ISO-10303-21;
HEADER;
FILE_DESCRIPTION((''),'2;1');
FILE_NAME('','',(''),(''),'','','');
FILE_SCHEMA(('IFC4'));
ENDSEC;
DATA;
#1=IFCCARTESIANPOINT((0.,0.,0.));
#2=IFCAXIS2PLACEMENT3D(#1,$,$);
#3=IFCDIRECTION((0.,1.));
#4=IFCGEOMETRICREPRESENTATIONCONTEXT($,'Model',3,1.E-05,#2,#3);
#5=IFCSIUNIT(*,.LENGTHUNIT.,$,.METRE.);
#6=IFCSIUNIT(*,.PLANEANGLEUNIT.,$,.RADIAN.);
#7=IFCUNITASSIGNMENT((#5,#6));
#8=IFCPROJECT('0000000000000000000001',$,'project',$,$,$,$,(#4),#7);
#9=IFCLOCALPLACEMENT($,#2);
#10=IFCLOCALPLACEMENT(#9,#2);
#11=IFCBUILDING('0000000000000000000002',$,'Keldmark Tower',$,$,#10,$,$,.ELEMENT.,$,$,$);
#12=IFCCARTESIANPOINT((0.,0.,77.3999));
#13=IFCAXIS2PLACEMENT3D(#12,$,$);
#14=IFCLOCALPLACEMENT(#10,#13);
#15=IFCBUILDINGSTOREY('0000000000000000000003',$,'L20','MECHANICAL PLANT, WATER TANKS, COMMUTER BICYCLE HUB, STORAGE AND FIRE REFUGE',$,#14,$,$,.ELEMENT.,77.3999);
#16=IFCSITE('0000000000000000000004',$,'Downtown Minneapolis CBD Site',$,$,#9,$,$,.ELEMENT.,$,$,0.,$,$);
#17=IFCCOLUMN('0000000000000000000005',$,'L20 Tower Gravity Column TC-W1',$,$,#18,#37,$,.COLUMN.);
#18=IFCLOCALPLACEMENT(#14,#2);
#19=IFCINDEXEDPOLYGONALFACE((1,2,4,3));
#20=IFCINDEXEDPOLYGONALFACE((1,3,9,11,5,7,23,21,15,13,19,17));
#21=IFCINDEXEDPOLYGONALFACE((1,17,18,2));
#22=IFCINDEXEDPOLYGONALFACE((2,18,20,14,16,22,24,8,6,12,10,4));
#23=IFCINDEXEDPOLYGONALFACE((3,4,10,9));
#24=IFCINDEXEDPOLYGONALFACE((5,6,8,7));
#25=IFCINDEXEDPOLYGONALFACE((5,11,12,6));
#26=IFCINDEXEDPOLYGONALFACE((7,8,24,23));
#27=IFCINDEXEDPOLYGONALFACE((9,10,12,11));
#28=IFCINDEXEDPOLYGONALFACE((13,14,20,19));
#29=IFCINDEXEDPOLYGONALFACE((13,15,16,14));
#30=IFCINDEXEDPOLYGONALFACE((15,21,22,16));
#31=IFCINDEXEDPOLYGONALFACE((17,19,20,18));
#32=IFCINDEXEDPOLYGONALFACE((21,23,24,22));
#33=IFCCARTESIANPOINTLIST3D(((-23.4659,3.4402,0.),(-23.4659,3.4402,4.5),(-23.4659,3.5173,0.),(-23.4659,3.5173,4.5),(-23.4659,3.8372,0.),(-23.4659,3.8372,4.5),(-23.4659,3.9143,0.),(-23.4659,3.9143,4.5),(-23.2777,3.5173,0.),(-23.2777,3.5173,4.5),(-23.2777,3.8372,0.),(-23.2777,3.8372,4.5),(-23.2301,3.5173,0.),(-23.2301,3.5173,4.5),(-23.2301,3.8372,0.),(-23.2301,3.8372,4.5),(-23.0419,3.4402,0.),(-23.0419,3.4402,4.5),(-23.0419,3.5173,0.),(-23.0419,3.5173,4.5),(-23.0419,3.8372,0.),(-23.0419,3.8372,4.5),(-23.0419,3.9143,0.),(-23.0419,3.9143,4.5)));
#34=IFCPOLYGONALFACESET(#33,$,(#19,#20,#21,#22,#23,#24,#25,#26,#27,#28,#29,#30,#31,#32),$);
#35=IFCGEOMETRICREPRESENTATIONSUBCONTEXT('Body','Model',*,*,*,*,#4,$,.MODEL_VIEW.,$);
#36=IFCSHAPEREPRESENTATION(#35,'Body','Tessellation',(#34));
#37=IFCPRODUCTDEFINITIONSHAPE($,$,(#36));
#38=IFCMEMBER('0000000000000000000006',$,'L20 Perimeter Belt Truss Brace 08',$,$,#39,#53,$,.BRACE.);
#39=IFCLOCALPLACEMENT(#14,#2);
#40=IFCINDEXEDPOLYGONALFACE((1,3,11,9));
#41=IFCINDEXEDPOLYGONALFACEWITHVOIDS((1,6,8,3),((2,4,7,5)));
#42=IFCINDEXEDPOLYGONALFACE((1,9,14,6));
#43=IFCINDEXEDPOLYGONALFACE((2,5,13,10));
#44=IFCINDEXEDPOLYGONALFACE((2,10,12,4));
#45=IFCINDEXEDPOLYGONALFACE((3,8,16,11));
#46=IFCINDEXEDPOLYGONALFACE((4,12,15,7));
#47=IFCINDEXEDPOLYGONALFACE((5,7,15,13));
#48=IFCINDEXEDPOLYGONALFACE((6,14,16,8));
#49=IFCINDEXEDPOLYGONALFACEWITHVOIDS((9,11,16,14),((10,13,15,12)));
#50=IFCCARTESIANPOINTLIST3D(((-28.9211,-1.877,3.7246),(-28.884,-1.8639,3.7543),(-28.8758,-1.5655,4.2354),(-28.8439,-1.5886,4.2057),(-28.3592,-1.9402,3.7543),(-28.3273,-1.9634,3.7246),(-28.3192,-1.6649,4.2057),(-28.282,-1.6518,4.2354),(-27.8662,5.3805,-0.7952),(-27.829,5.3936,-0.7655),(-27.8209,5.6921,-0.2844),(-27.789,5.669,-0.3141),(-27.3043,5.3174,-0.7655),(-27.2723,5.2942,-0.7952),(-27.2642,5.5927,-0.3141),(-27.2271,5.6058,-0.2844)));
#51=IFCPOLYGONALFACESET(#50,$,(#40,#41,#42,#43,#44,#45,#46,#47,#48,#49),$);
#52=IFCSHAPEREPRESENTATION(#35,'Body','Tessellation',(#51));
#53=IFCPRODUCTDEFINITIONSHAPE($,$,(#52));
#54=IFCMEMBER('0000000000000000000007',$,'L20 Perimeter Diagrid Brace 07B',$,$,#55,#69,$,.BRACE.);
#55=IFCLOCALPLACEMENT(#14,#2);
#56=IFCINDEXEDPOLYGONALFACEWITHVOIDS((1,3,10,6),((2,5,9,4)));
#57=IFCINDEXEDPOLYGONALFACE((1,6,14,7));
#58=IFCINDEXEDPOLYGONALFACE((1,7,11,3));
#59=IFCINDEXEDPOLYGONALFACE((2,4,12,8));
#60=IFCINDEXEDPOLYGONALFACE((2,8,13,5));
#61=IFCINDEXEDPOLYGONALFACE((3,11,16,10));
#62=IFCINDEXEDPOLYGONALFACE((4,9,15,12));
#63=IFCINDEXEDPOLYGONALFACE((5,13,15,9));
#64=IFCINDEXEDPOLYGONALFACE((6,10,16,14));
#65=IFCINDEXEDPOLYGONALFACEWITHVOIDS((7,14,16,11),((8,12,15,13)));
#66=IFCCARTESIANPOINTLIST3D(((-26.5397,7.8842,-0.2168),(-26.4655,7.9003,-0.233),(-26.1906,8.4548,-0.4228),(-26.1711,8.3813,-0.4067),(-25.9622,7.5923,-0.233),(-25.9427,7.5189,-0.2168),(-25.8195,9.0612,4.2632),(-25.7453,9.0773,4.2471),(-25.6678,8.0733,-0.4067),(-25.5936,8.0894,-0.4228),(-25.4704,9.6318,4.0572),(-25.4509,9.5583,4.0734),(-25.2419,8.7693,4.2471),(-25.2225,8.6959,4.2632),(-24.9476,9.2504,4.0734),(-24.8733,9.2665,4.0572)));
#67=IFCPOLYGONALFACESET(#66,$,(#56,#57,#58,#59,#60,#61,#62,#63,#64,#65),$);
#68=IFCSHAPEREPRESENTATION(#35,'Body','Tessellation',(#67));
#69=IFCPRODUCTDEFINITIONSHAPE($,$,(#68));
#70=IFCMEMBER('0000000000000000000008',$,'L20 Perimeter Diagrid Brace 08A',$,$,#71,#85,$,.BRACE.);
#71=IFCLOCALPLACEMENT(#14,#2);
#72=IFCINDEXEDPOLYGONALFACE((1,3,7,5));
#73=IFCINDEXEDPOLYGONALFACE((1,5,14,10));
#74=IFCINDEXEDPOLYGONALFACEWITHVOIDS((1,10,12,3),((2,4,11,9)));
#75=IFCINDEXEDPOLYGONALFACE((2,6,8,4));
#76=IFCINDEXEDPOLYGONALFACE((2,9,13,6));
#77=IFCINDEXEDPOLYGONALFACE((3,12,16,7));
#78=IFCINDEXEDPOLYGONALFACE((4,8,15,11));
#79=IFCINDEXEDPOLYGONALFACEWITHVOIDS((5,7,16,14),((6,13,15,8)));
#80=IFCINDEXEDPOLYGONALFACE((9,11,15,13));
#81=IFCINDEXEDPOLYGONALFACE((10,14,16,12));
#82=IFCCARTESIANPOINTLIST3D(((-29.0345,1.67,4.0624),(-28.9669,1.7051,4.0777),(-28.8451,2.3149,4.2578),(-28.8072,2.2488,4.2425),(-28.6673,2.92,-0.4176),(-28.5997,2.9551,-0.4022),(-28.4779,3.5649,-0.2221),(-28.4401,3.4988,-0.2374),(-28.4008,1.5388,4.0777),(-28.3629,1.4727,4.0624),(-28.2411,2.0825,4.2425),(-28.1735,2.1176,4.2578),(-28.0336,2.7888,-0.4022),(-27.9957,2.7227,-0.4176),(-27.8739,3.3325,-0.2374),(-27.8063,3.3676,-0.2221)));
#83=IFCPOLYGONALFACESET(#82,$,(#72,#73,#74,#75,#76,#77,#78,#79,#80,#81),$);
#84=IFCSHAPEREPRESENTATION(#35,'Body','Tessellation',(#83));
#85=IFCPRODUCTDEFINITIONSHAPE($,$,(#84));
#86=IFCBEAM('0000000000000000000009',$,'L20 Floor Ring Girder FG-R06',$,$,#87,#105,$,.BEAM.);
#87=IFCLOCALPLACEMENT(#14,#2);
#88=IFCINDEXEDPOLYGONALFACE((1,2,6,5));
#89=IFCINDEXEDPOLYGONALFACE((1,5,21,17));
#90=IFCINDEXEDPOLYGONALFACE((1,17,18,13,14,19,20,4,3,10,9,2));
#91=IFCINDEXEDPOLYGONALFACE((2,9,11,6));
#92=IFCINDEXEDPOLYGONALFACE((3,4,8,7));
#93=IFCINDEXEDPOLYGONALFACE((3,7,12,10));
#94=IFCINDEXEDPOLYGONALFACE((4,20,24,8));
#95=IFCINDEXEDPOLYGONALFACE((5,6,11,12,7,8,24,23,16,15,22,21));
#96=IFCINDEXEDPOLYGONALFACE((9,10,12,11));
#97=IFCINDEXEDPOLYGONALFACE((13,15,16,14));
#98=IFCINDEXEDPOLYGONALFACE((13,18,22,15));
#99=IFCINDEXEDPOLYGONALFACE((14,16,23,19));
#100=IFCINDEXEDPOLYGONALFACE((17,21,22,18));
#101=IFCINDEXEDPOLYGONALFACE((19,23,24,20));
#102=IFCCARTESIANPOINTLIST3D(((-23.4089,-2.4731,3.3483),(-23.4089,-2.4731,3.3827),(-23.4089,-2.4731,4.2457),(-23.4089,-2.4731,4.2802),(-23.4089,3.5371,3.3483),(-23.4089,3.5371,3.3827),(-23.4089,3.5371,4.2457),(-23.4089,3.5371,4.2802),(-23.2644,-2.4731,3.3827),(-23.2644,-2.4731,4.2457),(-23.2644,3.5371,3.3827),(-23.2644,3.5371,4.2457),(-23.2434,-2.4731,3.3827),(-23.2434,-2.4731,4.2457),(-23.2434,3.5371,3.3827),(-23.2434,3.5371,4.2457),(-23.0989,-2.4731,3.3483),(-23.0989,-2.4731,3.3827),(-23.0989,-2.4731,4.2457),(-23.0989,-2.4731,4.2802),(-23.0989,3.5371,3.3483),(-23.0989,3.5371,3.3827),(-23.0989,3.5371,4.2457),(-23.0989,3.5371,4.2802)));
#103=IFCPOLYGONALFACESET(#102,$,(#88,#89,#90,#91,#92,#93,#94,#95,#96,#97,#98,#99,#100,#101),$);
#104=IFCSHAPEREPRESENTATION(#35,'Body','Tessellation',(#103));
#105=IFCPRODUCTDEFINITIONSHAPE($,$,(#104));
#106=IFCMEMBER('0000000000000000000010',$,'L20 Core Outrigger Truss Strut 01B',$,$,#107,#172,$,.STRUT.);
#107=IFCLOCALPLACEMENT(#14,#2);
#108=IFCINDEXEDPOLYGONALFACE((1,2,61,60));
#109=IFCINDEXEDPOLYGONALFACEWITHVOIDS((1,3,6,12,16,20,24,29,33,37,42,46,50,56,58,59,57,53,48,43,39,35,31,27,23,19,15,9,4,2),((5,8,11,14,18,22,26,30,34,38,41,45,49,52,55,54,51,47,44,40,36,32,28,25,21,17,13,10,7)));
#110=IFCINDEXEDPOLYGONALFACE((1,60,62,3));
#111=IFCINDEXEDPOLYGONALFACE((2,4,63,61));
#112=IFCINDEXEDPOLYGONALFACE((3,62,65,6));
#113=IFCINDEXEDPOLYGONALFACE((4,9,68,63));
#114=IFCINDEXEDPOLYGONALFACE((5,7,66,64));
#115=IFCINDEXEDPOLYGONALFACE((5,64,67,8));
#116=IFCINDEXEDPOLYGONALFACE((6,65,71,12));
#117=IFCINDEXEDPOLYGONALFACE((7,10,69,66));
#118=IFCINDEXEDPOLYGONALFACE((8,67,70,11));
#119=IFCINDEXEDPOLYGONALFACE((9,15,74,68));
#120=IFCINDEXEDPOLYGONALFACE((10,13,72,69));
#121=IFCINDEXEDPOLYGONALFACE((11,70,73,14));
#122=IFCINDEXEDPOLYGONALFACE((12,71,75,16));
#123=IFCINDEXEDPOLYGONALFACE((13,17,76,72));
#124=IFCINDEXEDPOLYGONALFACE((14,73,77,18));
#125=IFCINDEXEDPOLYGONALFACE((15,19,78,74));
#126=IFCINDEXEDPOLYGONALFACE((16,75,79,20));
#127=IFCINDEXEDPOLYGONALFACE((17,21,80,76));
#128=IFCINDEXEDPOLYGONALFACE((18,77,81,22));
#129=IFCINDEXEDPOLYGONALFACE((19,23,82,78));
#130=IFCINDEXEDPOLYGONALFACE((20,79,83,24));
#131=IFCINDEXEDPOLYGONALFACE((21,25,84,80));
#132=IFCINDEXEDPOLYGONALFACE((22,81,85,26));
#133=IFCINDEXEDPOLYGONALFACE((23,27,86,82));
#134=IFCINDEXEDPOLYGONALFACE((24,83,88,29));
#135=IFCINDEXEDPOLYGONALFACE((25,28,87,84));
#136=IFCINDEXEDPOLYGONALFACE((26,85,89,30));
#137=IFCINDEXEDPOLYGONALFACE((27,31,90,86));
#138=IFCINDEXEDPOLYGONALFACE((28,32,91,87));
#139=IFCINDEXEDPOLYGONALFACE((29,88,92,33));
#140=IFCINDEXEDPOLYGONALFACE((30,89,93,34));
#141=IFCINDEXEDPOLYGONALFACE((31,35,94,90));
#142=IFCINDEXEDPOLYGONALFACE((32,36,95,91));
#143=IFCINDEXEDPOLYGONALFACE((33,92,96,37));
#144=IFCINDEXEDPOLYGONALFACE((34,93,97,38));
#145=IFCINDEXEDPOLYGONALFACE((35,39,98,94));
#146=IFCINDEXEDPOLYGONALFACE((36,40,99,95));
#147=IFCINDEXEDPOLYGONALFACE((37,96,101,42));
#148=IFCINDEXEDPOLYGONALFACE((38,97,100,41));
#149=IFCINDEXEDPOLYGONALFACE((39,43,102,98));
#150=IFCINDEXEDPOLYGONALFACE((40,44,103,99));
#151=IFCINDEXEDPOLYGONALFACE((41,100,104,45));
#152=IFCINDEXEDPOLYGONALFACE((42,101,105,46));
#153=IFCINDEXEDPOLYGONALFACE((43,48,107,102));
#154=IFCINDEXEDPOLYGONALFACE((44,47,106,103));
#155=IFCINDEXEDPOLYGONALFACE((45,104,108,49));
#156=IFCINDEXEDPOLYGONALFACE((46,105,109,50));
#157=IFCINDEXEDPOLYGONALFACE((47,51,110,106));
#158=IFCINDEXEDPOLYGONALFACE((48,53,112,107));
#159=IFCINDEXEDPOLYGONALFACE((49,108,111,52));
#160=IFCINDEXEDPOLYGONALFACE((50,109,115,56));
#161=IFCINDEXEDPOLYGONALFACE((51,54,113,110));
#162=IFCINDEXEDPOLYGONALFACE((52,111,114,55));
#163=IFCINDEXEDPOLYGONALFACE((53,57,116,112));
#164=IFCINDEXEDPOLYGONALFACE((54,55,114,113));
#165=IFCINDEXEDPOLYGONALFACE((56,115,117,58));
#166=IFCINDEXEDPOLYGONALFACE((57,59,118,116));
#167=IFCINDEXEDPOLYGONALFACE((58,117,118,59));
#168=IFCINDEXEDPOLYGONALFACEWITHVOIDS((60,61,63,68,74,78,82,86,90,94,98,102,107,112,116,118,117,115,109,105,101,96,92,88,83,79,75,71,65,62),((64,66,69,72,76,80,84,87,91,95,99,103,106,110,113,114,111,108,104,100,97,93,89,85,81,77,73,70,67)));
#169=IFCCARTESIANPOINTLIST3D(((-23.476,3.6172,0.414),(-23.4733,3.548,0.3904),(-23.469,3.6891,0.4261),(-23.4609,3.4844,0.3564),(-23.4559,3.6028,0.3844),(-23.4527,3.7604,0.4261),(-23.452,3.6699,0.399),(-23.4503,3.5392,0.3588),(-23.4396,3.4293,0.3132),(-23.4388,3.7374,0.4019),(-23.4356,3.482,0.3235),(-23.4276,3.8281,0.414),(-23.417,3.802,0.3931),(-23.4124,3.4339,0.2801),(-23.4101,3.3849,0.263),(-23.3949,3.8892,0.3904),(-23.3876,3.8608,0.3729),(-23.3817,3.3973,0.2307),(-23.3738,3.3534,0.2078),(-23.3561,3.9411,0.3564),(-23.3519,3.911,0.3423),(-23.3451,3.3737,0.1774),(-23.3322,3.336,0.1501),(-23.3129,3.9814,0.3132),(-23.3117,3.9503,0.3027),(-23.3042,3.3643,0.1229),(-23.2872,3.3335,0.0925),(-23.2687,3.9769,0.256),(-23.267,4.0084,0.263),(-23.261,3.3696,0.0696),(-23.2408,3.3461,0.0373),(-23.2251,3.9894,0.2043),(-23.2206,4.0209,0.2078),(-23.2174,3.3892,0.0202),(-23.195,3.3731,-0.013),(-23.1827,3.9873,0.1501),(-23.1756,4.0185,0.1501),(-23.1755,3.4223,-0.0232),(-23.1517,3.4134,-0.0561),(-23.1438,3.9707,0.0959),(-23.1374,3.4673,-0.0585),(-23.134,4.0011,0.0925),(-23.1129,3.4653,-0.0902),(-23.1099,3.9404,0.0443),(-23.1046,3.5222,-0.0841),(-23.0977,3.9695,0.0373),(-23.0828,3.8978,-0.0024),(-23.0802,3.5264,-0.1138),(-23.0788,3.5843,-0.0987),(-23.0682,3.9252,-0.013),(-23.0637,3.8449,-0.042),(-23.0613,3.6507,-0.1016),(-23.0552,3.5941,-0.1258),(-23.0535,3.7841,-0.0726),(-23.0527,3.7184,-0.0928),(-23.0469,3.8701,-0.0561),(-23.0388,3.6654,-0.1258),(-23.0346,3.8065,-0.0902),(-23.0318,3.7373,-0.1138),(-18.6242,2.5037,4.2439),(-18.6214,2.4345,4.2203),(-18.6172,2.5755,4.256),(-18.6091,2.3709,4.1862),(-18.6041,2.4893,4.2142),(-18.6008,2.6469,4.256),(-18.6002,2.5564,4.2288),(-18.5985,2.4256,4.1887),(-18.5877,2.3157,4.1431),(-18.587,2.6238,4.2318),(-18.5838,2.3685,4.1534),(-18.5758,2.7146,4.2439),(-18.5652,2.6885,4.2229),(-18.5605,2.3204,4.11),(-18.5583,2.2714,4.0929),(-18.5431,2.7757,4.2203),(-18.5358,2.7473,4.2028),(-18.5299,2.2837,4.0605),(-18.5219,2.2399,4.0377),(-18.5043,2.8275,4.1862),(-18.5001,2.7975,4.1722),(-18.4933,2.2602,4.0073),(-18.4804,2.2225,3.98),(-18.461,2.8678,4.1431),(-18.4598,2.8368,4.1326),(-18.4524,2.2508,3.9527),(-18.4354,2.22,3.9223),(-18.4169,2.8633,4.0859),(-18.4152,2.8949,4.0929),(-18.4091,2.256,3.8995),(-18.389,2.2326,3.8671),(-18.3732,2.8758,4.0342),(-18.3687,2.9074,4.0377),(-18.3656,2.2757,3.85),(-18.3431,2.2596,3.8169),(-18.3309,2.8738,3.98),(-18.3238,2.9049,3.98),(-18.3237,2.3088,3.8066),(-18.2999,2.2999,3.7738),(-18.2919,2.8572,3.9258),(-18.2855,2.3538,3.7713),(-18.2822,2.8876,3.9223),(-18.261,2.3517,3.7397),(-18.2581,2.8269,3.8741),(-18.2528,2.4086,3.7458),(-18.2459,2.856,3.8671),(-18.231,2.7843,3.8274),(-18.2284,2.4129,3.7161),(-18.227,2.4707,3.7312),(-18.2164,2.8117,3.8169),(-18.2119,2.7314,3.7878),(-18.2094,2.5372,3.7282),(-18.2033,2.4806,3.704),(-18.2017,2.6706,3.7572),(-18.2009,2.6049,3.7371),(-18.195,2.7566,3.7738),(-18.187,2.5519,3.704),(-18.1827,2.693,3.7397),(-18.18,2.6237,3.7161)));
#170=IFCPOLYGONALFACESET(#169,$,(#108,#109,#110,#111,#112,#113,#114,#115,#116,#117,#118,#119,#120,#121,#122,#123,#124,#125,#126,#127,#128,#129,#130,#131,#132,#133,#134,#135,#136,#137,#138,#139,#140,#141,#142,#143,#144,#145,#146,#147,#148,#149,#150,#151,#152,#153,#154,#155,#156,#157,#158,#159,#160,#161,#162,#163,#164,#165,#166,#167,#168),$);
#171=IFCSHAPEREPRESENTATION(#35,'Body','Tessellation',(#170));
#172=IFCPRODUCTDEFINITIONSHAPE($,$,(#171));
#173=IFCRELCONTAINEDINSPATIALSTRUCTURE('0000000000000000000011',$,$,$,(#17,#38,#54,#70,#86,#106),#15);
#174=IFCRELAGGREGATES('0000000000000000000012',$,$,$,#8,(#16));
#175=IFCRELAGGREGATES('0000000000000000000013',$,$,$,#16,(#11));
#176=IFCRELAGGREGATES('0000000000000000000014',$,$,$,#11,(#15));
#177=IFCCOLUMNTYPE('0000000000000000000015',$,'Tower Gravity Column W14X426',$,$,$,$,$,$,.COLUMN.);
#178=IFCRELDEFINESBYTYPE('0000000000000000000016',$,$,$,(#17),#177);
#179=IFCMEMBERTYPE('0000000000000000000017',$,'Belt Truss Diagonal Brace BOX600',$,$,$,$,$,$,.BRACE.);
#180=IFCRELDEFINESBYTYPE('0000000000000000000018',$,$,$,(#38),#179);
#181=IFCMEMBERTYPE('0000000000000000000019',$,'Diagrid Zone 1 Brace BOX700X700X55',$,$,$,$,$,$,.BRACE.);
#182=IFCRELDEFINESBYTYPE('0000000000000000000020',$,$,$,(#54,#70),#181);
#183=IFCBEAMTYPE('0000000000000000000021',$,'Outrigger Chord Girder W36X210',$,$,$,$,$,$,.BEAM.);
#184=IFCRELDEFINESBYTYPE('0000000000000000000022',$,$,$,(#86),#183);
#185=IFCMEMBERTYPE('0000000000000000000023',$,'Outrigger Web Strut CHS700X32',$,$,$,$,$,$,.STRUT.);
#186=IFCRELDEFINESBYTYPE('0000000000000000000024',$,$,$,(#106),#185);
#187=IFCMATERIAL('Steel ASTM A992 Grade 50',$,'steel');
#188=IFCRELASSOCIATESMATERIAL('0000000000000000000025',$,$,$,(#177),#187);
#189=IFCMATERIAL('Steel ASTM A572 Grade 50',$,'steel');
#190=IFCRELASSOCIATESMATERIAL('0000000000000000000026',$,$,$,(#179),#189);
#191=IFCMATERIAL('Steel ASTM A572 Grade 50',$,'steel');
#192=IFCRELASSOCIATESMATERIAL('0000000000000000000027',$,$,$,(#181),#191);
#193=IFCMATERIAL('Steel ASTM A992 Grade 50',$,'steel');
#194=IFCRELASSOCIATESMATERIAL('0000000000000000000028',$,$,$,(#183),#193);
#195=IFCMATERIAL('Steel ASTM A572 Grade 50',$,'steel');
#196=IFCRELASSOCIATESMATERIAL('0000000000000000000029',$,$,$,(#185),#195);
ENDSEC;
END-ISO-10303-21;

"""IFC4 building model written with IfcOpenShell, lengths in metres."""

from ifc_helpers import new_model, si_unit, direction, frame, origin, origin_2d, place, context, subcontext, project, spatial, hollow_rectangle, hollow_circle, i_section, extrude, material, material_profile, profile_set, type_object, element, save


model = new_model("IFC4")

# Units and contexts
model_context = context("Model", 3, precision=1e-05, world=origin(), true_north=direction((0.0, 1.0)))
body_context = subcontext(model_context, "Body", "Model", "MODEL_VIEW")
ifc_project = project(units=[si_unit("LENGTHUNIT", "METRE"), si_unit("PLANEANGLEUNIT", "RADIAN")], contexts=[model_context])

# Site, building, storey
site_placement = place(None, origin())
site = spatial("IfcSite", under=ifc_project, at=site_placement, Name="Downtown Minneapolis CBD Site", CompositionType="ELEMENT", RefElevation=0.0)
building_placement = place(site_placement, origin())
building = spatial("IfcBuilding", under=site, at=building_placement, Name="Keldmark Tower", CompositionType="ELEMENT")
storey_placement = place(building_placement, frame((0.0, 0.0, 77.3999)))
storey = spatial("IfcBuildingStorey", under=building, at=storey_placement, Name="L20", Description="MECHANICAL PLANT, WATER TANKS, COMMUTER BICYCLE HUB, STORAGE AND FIRE REFUGE", CompositionType="ELEMENT", Elevation=77.3999)

# Column
ifc_material_1 = material(Name="Steel ASTM A992 Grade 50", Category="steel")
ifc_material_profile_1 = material_profile(ifc_material_1, i_section(OverallWidth=0.4241, OverallDepth=0.4741, WebThickness=0.0476, FlangeThickness=0.0771, at=origin_2d()), Name="W14X426")
ifc_profile_set_1 = profile_set([ifc_material_profile_1], Name="Steel ASTM A992 Grade 50")
column_type = type_object("IfcColumnType", Name="Tower Gravity Column W14X426", PredefinedType="COLUMN", material=ifc_profile_set_1)
column_placement = place(storey_placement, frame((-23.2539, 3.6772, 0.0), z_axis=(0.0, 0.0, 1.0), x_axis=(1.0, 0.0, 0.0)))
element("IfcColumn", 1, at=column_placement, inside=storey, type_object=column_type, Name="L20 Tower Gravity Column TC-W1", PredefinedType="COLUMN", context=body_context, shape_type="SweptSolid", body=[
    extrude(i_section(OverallWidth=0.4241, OverallDepth=0.4741, WebThickness=0.0476, FlangeThickness=0.0771, at=origin_2d()), origin(), (0.0, 0.0, 1.0), 4.5),
])

# Members
ifc_material_2 = material(Name="Steel ASTM A572 Grade 50", Category="steel")
ifc_material_profile_2 = material_profile(ifc_material_2, hollow_rectangle(XDim=0.6001, YDim=0.6001, WallThickness=0.0349, at=origin_2d()), Name="BOX600X600X35")
ifc_profile_set_2 = profile_set([ifc_material_profile_2], Name="Steel ASTM A572 Grade 50")
member_type_1 = type_object("IfcMemberType", Name="Belt Truss Diagonal Brace BOX600", PredefinedType="BRACE", material=ifc_profile_set_2)
member_1_placement = place(storey_placement, frame((-27.5466, 5.4932, -0.5398), z_axis=(-0.122457, -0.84246, 0.524657), x_axis=(0.9896, -0.143844, 0.0)))
element("IfcMember", 2, at=member_1_placement, inside=storey, type_object=member_type_1, Name="L20 Perimeter Belt Truss Brace 08", PredefinedType="BRACE", context=body_context, shape_type="SweptSolid", body=[
    extrude(hollow_rectangle(XDim=0.6001, YDim=0.6001, WallThickness=0.0349, at=origin_2d()), origin(), (0.0, 0.0, 1.0), 8.6147),
])
ifc_material_3 = material(Name="Steel ASTM A572 Grade 50", Category="steel")
ifc_material_profile_3 = material_profile(ifc_material_3, hollow_rectangle(XDim=0.7, YDim=0.7, WallThickness=0.0549, at=origin_2d()), Name="BOX700X700X55")
ifc_profile_set_3 = profile_set([ifc_material_profile_3], Name="Steel ASTM A572 Grade 50")
member_type_2 = type_object("IfcMemberType", Name="Diagrid Zone 1 Brace BOX700X700X55", PredefinedType="BRACE", material=ifc_profile_set_3)
member_2_placement = place(storey_placement, frame((-26.0667, 7.9868, -0.3198), z_axis=(0.15364, 0.251085, 0.955694), x_axis=(-0.85298, 0.521944, 0.0)))
element("IfcMember", 3, at=member_2_placement, inside=storey, type_object=member_type_2, Name="L20 Perimeter Diagrid Brace 07B", PredefinedType="BRACE", context=body_context, shape_type="SweptSolid", body=[
    extrude(hollow_rectangle(XDim=0.7, YDim=0.7, WallThickness=0.0549, at=origin_2d()), origin(), (0.0, 0.0, 1.0), 4.6877),
])
member_3_placement = place(storey_placement, frame((-28.2368, 3.1438, -0.3198), z_axis=(-0.078702, -0.26792, 0.960221), x_axis=(0.959461, -0.281842, 0.0)))
element("IfcMember", 4, at=member_3_placement, inside=storey, type_object=member_type_2, Name="L20 Perimeter Diagrid Brace 08A", PredefinedType="BRACE", context=body_context, shape_type="SweptSolid", body=[
    extrude(hollow_rectangle(XDim=0.7, YDim=0.7, WallThickness=0.0549, at=origin_2d()), origin(), (0.0, 0.0, 1.0), 4.6655),
])

# Beam
ifc_material_4 = material(Name="Steel ASTM A992 Grade 50", Category="steel")
ifc_material_profile_4 = material_profile(ifc_material_4, i_section(OverallWidth=0.3101, OverallDepth=0.9319, WebThickness=0.021, FlangeThickness=0.0344, at=origin_2d()), Name="W36X210")
ifc_profile_set_4 = profile_set([ifc_material_profile_4], Name="Steel ASTM A992 Grade 50")
beam_type_1 = type_object("IfcBeamType", Name="Outrigger Chord Girder W36X210", PredefinedType="BEAM", material=ifc_profile_set_4)
beam_1_placement = place(storey_placement, frame((-23.2539, 3.5371, 3.8142), z_axis=(0.0, -1.0, 0.0), x_axis=(1.0, 0.0, 0.0)))
element("IfcBeam", 5, at=beam_1_placement, inside=storey, type_object=beam_type_1, Name="L20 Floor Ring Girder FG-R06", PredefinedType="BEAM", context=body_context, shape_type="SweptSolid", body=[
    extrude(i_section(OverallWidth=0.3101, OverallDepth=0.9319, WebThickness=0.021, FlangeThickness=0.0344, at=origin_2d()), origin(), (0.0, 0.0, 1.0), 6.0103),
])

# Member
ifc_material_5 = material(Name="Steel ASTM A572 Grade 50", Category="steel")
ifc_material_profile_5 = material_profile(ifc_material_5, hollow_circle(Radius=0.3501, WallThickness=0.032, at=origin_2d()), Name="CHS700X32")
ifc_profile_set_5 = profile_set([ifc_material_profile_5], Name="Steel ASTM A572 Grade 50")
member_type_3 = type_object("IfcMemberType", Name="Outrigger Web Strut CHS700X32", PredefinedType="STRUT", material=ifc_profile_set_5)
member_4_placement = place(storey_placement, frame((-23.2539, 3.6772, 0.1501), z_axis=(0.772491, -0.177292, 0.609775), x_axis=(0.223692, 0.97466, 0.0)))
element("IfcMember", 6, at=member_4_placement, inside=storey, type_object=member_type_3, Name="L20 Core Outrigger Truss Strut 01B", PredefinedType="STRUT", context=body_context, shape_type="SweptSolid", body=[
    extrude(hollow_circle(Radius=0.3501, WallThickness=0.032, at=origin_2d()), origin(), (0.0, 0.0, 1.0), 6.2808),
])

save(model, "model.ifc")
